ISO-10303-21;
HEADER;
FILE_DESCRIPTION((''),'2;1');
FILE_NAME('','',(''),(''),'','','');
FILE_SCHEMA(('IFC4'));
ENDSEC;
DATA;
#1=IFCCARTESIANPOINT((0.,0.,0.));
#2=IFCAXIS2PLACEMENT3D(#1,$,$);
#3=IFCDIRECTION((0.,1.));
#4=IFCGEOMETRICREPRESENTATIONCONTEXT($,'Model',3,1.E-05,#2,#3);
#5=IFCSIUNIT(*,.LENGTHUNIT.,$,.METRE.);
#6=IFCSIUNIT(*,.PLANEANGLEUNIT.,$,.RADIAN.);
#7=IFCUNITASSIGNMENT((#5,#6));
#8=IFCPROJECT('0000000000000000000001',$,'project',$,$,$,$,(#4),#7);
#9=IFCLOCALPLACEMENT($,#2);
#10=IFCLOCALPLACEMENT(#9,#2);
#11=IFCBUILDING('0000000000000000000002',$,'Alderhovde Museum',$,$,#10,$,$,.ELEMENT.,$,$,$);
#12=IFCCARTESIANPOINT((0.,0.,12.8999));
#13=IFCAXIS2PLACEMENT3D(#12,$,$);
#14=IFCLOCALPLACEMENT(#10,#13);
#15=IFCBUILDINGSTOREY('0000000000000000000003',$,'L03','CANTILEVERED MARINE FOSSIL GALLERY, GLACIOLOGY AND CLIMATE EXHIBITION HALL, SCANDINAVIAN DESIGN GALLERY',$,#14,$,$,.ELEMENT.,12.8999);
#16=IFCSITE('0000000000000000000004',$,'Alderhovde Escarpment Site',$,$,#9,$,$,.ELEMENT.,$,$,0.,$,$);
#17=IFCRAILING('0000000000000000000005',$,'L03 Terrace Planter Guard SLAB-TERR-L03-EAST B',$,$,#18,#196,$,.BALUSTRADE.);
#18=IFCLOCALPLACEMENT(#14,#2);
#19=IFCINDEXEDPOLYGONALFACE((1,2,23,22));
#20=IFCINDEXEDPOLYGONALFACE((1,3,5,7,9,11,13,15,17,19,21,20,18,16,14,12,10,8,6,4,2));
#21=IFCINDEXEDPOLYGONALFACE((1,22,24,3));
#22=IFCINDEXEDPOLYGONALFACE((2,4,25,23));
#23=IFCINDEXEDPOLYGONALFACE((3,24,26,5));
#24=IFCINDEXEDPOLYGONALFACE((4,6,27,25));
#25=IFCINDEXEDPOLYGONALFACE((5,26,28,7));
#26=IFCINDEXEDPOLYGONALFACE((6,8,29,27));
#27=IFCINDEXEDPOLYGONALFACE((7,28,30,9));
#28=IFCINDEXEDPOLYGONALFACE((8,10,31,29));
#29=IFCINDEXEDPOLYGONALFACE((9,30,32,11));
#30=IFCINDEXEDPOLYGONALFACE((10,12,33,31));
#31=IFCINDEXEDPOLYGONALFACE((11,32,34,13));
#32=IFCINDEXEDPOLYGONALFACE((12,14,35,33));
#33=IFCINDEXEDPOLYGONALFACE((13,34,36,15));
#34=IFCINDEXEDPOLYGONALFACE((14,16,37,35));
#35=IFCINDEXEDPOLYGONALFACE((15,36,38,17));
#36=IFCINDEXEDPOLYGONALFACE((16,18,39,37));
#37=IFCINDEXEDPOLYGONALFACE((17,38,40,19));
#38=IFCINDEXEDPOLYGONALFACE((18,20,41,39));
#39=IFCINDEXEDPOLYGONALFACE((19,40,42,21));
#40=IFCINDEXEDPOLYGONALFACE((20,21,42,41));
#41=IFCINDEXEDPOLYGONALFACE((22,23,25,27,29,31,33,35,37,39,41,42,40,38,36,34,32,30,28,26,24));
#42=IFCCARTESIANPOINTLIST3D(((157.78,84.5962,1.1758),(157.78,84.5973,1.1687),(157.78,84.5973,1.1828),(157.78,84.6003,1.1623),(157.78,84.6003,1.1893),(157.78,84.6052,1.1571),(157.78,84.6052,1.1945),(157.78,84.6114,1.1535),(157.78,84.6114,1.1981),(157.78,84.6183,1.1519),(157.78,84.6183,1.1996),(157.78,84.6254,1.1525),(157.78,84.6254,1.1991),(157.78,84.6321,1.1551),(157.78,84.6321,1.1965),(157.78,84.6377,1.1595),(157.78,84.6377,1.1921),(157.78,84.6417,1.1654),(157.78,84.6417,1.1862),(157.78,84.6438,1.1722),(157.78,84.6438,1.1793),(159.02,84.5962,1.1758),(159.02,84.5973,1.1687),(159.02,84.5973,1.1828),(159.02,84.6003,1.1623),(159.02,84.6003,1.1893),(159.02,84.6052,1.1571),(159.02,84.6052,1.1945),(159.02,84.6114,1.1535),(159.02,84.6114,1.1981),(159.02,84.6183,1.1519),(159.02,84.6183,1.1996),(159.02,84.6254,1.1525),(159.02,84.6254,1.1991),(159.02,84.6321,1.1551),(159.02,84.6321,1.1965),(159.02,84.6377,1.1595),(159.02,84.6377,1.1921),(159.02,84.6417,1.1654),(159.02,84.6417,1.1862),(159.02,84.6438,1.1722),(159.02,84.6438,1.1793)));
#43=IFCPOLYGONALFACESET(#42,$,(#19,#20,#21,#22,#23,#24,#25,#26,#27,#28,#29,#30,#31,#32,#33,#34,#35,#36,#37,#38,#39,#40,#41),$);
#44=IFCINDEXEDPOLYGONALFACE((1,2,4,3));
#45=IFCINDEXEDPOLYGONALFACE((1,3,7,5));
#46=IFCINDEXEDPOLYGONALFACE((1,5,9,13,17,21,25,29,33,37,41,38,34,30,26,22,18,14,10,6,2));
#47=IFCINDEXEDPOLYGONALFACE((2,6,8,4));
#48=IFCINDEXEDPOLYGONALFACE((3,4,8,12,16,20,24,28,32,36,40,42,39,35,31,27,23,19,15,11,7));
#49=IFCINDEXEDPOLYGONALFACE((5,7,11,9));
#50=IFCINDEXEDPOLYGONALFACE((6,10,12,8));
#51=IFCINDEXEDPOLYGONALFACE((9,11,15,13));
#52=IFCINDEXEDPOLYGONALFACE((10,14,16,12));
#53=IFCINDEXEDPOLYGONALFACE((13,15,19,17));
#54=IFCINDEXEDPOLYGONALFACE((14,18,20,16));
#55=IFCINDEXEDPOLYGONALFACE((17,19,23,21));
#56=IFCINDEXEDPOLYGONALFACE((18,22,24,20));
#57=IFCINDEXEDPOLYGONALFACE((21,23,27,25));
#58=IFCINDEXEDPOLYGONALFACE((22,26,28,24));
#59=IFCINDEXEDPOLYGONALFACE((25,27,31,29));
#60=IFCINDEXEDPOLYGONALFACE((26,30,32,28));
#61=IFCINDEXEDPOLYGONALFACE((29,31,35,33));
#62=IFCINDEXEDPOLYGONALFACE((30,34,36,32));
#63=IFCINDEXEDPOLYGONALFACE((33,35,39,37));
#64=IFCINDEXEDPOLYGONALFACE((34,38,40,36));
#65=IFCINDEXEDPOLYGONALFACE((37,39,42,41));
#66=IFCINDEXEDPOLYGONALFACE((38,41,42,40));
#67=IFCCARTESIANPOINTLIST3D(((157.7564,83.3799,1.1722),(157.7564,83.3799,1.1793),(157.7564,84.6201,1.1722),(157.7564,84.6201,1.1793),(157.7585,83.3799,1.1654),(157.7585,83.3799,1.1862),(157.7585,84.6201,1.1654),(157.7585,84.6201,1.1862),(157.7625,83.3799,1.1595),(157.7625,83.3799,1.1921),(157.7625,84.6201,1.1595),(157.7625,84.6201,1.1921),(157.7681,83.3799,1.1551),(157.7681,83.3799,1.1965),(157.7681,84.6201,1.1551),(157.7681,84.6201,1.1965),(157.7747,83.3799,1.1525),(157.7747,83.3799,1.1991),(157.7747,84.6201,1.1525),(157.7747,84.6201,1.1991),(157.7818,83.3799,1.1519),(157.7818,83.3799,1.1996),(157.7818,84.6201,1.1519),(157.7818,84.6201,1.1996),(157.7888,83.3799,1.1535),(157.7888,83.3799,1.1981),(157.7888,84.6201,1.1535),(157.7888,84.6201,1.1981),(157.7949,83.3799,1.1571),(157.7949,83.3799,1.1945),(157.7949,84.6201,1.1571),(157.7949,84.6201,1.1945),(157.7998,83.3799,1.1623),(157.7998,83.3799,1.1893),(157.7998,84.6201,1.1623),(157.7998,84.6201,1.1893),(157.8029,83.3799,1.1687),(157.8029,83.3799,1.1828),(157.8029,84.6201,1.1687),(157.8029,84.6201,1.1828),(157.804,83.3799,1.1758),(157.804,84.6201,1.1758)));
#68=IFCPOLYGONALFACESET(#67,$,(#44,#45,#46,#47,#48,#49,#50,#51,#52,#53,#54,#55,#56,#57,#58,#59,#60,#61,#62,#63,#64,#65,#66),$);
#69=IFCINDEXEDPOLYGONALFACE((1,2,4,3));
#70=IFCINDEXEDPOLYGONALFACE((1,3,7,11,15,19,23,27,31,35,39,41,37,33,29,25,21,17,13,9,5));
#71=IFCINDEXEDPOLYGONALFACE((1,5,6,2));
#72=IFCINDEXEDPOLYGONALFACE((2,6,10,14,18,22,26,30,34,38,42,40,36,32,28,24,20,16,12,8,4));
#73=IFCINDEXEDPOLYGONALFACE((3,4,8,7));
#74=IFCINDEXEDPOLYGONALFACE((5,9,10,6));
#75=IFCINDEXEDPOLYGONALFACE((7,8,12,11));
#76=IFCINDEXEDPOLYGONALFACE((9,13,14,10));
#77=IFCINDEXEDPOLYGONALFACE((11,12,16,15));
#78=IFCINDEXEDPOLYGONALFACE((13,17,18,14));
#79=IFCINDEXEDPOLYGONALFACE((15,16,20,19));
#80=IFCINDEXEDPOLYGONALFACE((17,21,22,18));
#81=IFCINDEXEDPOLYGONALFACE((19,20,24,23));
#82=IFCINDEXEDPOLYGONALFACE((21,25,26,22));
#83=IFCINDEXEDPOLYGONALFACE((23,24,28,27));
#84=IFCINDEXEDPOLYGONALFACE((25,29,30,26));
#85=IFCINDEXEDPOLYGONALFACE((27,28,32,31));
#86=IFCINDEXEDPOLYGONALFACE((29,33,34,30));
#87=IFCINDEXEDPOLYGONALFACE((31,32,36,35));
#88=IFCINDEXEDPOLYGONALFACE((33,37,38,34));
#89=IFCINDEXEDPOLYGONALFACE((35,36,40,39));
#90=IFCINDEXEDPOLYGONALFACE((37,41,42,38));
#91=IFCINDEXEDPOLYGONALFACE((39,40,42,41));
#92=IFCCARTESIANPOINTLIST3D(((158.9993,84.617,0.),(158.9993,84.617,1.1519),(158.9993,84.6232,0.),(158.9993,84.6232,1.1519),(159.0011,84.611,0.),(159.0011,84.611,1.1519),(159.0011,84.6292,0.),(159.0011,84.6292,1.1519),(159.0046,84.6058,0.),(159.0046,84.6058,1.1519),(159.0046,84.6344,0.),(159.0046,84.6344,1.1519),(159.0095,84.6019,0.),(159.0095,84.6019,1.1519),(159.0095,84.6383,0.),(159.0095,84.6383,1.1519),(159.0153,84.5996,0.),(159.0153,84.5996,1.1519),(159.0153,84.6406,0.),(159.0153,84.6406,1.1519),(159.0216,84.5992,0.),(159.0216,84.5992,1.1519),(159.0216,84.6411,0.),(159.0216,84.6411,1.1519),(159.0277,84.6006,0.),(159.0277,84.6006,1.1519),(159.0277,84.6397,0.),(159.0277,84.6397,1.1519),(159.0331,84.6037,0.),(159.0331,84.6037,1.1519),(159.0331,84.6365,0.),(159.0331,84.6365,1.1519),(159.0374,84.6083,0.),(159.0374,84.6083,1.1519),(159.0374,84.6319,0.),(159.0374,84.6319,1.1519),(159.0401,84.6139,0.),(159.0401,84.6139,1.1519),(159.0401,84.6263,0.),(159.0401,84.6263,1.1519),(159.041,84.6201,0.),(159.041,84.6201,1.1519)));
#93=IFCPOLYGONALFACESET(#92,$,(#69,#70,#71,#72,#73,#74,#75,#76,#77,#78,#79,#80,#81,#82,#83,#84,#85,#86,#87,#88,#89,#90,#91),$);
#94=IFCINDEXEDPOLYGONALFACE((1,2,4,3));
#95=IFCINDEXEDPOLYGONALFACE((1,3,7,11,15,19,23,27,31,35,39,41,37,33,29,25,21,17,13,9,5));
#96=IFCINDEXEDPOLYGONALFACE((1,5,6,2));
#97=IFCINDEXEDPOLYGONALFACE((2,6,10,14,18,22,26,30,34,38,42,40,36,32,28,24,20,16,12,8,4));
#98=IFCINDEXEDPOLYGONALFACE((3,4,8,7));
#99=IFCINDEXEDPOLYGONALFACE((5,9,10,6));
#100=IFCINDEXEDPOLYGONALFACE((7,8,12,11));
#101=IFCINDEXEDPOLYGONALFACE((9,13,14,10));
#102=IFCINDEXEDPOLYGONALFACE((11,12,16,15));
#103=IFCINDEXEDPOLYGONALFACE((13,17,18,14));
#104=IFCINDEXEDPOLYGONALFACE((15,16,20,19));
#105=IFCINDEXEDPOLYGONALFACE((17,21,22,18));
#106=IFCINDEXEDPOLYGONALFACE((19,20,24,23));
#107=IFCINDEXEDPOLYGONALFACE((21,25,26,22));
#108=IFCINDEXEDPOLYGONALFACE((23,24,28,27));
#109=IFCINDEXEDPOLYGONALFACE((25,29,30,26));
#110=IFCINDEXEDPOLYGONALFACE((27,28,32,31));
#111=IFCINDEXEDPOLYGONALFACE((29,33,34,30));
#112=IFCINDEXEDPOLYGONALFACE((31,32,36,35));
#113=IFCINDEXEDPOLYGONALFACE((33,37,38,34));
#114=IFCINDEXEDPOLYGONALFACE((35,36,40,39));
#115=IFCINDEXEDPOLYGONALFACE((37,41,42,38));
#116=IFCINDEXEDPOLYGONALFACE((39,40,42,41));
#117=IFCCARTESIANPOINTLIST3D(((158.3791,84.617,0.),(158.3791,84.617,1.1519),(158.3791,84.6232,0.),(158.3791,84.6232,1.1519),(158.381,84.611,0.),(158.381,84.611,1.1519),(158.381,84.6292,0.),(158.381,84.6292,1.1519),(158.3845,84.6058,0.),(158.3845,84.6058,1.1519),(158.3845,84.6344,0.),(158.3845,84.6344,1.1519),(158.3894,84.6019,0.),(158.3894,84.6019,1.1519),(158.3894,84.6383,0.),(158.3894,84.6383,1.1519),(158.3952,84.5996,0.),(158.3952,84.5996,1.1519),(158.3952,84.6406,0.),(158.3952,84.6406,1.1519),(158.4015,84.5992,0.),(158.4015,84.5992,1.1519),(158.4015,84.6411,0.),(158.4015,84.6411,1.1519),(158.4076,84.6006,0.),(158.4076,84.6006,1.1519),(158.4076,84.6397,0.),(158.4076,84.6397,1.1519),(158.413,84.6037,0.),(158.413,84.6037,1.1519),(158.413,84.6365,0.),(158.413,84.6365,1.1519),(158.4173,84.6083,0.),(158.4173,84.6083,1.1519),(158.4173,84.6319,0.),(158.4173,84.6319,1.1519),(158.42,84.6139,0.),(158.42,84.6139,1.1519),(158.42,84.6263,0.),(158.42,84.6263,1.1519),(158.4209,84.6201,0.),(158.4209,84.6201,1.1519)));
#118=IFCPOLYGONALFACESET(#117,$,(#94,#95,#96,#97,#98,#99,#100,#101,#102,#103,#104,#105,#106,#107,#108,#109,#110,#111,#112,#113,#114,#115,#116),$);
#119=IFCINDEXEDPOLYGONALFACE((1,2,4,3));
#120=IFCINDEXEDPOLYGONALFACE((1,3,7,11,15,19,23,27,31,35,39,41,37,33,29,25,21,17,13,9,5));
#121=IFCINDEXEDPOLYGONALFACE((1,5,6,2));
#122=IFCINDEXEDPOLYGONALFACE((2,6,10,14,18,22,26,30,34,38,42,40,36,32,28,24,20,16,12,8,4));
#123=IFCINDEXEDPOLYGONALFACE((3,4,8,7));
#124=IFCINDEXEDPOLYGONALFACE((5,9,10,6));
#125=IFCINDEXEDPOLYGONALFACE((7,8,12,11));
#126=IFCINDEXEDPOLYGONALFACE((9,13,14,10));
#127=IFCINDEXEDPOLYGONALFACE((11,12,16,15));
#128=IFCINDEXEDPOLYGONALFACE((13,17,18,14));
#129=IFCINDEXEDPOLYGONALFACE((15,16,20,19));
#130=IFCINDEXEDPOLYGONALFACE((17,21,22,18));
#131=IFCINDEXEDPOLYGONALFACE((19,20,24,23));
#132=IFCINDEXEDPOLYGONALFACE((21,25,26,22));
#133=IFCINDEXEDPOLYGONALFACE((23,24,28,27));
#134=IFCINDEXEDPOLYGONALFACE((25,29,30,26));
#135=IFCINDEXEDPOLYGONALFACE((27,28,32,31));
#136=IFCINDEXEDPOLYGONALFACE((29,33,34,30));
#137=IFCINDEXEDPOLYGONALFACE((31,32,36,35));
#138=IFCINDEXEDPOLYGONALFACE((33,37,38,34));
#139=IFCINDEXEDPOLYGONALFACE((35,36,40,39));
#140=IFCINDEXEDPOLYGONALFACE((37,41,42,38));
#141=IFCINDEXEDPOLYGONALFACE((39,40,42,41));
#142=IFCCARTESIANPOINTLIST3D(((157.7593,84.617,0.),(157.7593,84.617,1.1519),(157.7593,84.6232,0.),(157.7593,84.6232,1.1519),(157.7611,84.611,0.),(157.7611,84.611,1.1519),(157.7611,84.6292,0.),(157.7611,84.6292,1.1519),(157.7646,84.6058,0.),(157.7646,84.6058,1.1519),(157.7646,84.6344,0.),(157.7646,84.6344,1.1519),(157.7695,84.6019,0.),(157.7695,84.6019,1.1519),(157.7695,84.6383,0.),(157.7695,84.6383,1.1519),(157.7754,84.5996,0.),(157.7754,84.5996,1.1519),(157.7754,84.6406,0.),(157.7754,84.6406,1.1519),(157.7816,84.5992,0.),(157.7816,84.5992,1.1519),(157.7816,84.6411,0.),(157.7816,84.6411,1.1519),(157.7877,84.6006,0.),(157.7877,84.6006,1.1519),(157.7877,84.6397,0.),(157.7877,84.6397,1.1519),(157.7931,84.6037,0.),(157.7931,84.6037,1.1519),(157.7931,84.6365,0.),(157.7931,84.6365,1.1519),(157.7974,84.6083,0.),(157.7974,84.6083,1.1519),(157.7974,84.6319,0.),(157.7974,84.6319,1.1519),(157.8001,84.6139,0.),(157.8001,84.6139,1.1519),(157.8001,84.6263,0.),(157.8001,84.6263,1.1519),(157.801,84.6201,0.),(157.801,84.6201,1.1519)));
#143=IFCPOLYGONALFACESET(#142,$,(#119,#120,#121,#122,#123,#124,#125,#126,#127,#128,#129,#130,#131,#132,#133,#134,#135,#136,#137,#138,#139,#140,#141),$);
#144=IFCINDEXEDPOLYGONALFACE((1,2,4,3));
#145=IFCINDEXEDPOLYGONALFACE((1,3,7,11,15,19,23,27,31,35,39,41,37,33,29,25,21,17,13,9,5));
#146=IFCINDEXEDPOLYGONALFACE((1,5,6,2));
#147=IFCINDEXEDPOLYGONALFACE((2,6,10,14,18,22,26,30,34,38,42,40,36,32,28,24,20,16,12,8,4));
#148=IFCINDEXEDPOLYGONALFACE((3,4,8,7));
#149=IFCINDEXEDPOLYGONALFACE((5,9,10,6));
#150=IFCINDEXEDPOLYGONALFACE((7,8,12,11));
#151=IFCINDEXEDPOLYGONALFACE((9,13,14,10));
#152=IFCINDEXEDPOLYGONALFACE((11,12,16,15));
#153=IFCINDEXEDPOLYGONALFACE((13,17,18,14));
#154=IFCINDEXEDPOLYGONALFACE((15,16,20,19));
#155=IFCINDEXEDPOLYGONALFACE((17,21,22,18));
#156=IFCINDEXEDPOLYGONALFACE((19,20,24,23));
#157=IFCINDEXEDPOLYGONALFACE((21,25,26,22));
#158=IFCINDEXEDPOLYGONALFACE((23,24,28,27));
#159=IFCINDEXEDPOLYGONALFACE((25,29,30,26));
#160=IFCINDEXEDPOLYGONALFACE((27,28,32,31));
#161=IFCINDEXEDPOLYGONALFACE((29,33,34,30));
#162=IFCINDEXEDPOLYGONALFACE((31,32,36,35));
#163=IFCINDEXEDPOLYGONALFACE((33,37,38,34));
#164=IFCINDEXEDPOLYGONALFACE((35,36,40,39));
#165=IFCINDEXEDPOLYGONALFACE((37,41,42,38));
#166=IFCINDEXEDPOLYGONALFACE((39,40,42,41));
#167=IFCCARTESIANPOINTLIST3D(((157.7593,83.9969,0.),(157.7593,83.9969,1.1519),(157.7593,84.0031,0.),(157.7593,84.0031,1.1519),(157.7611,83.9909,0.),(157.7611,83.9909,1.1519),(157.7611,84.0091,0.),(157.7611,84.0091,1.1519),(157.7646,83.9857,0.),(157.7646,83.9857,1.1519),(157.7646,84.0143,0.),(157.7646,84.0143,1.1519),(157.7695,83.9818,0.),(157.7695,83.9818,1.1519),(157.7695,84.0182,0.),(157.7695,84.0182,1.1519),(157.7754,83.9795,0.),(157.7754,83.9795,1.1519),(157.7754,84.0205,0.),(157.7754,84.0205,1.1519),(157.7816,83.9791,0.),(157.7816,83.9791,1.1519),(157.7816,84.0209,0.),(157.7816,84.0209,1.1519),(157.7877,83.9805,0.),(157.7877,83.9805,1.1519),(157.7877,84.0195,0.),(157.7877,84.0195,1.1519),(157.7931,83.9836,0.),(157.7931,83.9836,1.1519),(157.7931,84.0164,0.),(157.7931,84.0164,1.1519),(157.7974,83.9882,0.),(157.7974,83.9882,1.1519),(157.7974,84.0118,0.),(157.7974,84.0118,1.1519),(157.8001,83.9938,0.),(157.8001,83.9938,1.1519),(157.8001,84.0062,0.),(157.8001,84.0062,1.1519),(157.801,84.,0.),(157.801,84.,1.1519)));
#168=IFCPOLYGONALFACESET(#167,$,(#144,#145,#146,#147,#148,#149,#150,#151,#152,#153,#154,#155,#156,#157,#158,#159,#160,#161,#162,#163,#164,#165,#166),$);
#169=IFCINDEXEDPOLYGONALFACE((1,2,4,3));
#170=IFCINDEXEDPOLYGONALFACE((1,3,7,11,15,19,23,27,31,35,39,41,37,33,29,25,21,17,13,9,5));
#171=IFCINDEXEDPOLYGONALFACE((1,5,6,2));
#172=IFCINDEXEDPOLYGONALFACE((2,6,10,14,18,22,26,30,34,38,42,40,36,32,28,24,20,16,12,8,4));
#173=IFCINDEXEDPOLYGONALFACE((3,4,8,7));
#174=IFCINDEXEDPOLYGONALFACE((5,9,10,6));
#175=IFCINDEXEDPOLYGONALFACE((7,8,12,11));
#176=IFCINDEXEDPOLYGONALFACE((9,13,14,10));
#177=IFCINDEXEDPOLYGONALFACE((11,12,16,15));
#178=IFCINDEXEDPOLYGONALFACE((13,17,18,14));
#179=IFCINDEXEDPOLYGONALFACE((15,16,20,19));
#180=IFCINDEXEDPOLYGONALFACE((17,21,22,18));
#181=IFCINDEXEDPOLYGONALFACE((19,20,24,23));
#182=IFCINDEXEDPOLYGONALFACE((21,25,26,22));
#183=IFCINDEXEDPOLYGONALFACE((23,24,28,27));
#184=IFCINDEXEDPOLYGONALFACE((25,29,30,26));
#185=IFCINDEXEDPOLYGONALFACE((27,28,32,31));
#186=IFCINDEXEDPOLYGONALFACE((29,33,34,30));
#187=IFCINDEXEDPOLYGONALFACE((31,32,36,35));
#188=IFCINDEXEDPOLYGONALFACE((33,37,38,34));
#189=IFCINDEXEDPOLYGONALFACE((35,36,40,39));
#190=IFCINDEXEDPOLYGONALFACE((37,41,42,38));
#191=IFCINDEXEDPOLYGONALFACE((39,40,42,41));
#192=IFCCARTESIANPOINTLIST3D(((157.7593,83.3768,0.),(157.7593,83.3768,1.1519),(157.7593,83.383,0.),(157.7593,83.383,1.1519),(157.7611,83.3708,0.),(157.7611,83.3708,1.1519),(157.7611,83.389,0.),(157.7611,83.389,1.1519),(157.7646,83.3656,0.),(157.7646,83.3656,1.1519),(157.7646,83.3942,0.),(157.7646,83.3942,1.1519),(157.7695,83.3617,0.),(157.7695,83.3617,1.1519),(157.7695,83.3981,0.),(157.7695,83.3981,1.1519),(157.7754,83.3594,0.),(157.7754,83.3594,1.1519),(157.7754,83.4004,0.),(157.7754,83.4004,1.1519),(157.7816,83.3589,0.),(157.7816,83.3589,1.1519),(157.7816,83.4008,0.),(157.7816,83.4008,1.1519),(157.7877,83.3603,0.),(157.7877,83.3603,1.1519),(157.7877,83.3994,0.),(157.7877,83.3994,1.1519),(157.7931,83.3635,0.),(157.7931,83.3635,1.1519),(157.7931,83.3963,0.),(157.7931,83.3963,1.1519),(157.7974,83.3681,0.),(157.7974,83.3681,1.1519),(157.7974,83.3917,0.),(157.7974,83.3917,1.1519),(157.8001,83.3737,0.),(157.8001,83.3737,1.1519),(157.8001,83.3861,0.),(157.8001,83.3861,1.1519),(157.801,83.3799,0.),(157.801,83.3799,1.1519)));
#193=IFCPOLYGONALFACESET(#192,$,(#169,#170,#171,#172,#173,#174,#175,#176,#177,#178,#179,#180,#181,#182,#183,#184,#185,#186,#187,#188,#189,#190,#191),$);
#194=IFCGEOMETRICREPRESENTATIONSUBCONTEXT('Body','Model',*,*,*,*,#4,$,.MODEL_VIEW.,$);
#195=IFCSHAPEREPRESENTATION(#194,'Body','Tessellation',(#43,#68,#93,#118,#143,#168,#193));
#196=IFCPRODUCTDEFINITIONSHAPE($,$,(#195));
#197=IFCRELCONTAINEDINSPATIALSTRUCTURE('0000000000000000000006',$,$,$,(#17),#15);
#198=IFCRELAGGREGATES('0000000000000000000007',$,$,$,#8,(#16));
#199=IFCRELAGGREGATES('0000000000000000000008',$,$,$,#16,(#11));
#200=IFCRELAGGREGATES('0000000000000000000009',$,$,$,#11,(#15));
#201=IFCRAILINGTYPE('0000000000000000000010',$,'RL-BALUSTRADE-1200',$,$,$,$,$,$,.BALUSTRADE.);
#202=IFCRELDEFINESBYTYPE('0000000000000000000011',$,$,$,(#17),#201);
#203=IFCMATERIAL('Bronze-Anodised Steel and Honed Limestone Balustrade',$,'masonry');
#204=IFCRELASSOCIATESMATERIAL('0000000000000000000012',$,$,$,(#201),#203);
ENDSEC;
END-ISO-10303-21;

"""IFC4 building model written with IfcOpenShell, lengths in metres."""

from ifc_helpers import new_model, si_unit, direction, frame, origin, origin_2d, place, context, subcontext, project, spatial, circle, extrude, material, type_object, element, save


model = new_model("IFC4")

# Units and contexts
model_context = context("Model", 3, precision=1e-05, world=origin(), true_north=direction((0.0, 1.0)))
body_context = subcontext(model_context, "Body", "Model", "MODEL_VIEW")
ifc_project = project(units=[si_unit("LENGTHUNIT", "METRE"), si_unit("PLANEANGLEUNIT", "RADIAN")], contexts=[model_context])

# Site, building, storey
site_placement = place(None, origin())
site = spatial("IfcSite", under=ifc_project, at=site_placement, Name="Alderhovde Escarpment Site", CompositionType="ELEMENT", RefElevation=0.0)
building_placement = place(site_placement, origin())
building = spatial("IfcBuilding", under=site, at=building_placement, Name="Alderhovde Museum", CompositionType="ELEMENT")
storey_placement = place(building_placement, frame((0.0, 0.0, 12.8999)))
storey = spatial("IfcBuildingStorey", under=building, at=storey_placement, Name="L03", Description="CANTILEVERED MARINE FOSSIL GALLERY, GLACIOLOGY AND CLIMATE EXHIBITION HALL, SCANDINAVIAN DESIGN GALLERY", CompositionType="ELEMENT", Elevation=12.8999)

# Railing
ifc_material_1 = material(Name="Bronze-Anodised Steel and Honed Limestone Balustrade", Category="masonry")
railing_type = type_object("IfcRailingType", Name="RL-BALUSTRADE-1200", PredefinedType="BALUSTRADE", material=ifc_material_1)
railing_1_placement = place(storey_placement, frame((159.02, 84.6201, 0.0)))
element("IfcRailing", 1, at=railing_1_placement, inside=storey, type_object=railing_type, Name="L03 Terrace Planter Guard SLAB-TERR-L03-EAST B", PredefinedType="BALUSTRADE", context=body_context, shape_type="SweptSolid", body=[
    extrude(circle(Radius=0.0239, at=origin_2d()), frame((0.0, 0.0, 1.1758), z_axis=(-1.0, 0.0, 0.0), x_axis=(0.0, -1.0, 0.0)), (0.0, 0.0, 1.0), 1.24),
    extrude(circle(Radius=0.0239, at=origin_2d()), frame((-1.24, 0.0, 1.1758), z_axis=(0.0, -1.0, 0.0), x_axis=(1.0, 0.0, 0.0)), (0.0, 0.0, 1.0), 1.2402),
    extrude(circle(Radius=0.021, at=origin_2d()), origin(), (0.0, 0.0, 1.0), 1.1519),
    extrude(circle(Radius=0.021, at=origin_2d()), frame((-0.6201, 0.0, 0.0)), (0.0, 0.0, 1.0), 1.1519),
    extrude(circle(Radius=0.021, at=origin_2d()), frame((-1.24, 0.0, 0.0)), (0.0, 0.0, 1.0), 1.1519),
    extrude(circle(Radius=0.021, at=origin_2d()), frame((-1.24, -0.6201, 0.0)), (0.0, 0.0, 1.0), 1.1519),
    extrude(circle(Radius=0.021, at=origin_2d()), frame((-1.24, -1.2402, 0.0)), (0.0, 0.0, 1.0), 1.1519),
])

save(model, "model.ifc")
